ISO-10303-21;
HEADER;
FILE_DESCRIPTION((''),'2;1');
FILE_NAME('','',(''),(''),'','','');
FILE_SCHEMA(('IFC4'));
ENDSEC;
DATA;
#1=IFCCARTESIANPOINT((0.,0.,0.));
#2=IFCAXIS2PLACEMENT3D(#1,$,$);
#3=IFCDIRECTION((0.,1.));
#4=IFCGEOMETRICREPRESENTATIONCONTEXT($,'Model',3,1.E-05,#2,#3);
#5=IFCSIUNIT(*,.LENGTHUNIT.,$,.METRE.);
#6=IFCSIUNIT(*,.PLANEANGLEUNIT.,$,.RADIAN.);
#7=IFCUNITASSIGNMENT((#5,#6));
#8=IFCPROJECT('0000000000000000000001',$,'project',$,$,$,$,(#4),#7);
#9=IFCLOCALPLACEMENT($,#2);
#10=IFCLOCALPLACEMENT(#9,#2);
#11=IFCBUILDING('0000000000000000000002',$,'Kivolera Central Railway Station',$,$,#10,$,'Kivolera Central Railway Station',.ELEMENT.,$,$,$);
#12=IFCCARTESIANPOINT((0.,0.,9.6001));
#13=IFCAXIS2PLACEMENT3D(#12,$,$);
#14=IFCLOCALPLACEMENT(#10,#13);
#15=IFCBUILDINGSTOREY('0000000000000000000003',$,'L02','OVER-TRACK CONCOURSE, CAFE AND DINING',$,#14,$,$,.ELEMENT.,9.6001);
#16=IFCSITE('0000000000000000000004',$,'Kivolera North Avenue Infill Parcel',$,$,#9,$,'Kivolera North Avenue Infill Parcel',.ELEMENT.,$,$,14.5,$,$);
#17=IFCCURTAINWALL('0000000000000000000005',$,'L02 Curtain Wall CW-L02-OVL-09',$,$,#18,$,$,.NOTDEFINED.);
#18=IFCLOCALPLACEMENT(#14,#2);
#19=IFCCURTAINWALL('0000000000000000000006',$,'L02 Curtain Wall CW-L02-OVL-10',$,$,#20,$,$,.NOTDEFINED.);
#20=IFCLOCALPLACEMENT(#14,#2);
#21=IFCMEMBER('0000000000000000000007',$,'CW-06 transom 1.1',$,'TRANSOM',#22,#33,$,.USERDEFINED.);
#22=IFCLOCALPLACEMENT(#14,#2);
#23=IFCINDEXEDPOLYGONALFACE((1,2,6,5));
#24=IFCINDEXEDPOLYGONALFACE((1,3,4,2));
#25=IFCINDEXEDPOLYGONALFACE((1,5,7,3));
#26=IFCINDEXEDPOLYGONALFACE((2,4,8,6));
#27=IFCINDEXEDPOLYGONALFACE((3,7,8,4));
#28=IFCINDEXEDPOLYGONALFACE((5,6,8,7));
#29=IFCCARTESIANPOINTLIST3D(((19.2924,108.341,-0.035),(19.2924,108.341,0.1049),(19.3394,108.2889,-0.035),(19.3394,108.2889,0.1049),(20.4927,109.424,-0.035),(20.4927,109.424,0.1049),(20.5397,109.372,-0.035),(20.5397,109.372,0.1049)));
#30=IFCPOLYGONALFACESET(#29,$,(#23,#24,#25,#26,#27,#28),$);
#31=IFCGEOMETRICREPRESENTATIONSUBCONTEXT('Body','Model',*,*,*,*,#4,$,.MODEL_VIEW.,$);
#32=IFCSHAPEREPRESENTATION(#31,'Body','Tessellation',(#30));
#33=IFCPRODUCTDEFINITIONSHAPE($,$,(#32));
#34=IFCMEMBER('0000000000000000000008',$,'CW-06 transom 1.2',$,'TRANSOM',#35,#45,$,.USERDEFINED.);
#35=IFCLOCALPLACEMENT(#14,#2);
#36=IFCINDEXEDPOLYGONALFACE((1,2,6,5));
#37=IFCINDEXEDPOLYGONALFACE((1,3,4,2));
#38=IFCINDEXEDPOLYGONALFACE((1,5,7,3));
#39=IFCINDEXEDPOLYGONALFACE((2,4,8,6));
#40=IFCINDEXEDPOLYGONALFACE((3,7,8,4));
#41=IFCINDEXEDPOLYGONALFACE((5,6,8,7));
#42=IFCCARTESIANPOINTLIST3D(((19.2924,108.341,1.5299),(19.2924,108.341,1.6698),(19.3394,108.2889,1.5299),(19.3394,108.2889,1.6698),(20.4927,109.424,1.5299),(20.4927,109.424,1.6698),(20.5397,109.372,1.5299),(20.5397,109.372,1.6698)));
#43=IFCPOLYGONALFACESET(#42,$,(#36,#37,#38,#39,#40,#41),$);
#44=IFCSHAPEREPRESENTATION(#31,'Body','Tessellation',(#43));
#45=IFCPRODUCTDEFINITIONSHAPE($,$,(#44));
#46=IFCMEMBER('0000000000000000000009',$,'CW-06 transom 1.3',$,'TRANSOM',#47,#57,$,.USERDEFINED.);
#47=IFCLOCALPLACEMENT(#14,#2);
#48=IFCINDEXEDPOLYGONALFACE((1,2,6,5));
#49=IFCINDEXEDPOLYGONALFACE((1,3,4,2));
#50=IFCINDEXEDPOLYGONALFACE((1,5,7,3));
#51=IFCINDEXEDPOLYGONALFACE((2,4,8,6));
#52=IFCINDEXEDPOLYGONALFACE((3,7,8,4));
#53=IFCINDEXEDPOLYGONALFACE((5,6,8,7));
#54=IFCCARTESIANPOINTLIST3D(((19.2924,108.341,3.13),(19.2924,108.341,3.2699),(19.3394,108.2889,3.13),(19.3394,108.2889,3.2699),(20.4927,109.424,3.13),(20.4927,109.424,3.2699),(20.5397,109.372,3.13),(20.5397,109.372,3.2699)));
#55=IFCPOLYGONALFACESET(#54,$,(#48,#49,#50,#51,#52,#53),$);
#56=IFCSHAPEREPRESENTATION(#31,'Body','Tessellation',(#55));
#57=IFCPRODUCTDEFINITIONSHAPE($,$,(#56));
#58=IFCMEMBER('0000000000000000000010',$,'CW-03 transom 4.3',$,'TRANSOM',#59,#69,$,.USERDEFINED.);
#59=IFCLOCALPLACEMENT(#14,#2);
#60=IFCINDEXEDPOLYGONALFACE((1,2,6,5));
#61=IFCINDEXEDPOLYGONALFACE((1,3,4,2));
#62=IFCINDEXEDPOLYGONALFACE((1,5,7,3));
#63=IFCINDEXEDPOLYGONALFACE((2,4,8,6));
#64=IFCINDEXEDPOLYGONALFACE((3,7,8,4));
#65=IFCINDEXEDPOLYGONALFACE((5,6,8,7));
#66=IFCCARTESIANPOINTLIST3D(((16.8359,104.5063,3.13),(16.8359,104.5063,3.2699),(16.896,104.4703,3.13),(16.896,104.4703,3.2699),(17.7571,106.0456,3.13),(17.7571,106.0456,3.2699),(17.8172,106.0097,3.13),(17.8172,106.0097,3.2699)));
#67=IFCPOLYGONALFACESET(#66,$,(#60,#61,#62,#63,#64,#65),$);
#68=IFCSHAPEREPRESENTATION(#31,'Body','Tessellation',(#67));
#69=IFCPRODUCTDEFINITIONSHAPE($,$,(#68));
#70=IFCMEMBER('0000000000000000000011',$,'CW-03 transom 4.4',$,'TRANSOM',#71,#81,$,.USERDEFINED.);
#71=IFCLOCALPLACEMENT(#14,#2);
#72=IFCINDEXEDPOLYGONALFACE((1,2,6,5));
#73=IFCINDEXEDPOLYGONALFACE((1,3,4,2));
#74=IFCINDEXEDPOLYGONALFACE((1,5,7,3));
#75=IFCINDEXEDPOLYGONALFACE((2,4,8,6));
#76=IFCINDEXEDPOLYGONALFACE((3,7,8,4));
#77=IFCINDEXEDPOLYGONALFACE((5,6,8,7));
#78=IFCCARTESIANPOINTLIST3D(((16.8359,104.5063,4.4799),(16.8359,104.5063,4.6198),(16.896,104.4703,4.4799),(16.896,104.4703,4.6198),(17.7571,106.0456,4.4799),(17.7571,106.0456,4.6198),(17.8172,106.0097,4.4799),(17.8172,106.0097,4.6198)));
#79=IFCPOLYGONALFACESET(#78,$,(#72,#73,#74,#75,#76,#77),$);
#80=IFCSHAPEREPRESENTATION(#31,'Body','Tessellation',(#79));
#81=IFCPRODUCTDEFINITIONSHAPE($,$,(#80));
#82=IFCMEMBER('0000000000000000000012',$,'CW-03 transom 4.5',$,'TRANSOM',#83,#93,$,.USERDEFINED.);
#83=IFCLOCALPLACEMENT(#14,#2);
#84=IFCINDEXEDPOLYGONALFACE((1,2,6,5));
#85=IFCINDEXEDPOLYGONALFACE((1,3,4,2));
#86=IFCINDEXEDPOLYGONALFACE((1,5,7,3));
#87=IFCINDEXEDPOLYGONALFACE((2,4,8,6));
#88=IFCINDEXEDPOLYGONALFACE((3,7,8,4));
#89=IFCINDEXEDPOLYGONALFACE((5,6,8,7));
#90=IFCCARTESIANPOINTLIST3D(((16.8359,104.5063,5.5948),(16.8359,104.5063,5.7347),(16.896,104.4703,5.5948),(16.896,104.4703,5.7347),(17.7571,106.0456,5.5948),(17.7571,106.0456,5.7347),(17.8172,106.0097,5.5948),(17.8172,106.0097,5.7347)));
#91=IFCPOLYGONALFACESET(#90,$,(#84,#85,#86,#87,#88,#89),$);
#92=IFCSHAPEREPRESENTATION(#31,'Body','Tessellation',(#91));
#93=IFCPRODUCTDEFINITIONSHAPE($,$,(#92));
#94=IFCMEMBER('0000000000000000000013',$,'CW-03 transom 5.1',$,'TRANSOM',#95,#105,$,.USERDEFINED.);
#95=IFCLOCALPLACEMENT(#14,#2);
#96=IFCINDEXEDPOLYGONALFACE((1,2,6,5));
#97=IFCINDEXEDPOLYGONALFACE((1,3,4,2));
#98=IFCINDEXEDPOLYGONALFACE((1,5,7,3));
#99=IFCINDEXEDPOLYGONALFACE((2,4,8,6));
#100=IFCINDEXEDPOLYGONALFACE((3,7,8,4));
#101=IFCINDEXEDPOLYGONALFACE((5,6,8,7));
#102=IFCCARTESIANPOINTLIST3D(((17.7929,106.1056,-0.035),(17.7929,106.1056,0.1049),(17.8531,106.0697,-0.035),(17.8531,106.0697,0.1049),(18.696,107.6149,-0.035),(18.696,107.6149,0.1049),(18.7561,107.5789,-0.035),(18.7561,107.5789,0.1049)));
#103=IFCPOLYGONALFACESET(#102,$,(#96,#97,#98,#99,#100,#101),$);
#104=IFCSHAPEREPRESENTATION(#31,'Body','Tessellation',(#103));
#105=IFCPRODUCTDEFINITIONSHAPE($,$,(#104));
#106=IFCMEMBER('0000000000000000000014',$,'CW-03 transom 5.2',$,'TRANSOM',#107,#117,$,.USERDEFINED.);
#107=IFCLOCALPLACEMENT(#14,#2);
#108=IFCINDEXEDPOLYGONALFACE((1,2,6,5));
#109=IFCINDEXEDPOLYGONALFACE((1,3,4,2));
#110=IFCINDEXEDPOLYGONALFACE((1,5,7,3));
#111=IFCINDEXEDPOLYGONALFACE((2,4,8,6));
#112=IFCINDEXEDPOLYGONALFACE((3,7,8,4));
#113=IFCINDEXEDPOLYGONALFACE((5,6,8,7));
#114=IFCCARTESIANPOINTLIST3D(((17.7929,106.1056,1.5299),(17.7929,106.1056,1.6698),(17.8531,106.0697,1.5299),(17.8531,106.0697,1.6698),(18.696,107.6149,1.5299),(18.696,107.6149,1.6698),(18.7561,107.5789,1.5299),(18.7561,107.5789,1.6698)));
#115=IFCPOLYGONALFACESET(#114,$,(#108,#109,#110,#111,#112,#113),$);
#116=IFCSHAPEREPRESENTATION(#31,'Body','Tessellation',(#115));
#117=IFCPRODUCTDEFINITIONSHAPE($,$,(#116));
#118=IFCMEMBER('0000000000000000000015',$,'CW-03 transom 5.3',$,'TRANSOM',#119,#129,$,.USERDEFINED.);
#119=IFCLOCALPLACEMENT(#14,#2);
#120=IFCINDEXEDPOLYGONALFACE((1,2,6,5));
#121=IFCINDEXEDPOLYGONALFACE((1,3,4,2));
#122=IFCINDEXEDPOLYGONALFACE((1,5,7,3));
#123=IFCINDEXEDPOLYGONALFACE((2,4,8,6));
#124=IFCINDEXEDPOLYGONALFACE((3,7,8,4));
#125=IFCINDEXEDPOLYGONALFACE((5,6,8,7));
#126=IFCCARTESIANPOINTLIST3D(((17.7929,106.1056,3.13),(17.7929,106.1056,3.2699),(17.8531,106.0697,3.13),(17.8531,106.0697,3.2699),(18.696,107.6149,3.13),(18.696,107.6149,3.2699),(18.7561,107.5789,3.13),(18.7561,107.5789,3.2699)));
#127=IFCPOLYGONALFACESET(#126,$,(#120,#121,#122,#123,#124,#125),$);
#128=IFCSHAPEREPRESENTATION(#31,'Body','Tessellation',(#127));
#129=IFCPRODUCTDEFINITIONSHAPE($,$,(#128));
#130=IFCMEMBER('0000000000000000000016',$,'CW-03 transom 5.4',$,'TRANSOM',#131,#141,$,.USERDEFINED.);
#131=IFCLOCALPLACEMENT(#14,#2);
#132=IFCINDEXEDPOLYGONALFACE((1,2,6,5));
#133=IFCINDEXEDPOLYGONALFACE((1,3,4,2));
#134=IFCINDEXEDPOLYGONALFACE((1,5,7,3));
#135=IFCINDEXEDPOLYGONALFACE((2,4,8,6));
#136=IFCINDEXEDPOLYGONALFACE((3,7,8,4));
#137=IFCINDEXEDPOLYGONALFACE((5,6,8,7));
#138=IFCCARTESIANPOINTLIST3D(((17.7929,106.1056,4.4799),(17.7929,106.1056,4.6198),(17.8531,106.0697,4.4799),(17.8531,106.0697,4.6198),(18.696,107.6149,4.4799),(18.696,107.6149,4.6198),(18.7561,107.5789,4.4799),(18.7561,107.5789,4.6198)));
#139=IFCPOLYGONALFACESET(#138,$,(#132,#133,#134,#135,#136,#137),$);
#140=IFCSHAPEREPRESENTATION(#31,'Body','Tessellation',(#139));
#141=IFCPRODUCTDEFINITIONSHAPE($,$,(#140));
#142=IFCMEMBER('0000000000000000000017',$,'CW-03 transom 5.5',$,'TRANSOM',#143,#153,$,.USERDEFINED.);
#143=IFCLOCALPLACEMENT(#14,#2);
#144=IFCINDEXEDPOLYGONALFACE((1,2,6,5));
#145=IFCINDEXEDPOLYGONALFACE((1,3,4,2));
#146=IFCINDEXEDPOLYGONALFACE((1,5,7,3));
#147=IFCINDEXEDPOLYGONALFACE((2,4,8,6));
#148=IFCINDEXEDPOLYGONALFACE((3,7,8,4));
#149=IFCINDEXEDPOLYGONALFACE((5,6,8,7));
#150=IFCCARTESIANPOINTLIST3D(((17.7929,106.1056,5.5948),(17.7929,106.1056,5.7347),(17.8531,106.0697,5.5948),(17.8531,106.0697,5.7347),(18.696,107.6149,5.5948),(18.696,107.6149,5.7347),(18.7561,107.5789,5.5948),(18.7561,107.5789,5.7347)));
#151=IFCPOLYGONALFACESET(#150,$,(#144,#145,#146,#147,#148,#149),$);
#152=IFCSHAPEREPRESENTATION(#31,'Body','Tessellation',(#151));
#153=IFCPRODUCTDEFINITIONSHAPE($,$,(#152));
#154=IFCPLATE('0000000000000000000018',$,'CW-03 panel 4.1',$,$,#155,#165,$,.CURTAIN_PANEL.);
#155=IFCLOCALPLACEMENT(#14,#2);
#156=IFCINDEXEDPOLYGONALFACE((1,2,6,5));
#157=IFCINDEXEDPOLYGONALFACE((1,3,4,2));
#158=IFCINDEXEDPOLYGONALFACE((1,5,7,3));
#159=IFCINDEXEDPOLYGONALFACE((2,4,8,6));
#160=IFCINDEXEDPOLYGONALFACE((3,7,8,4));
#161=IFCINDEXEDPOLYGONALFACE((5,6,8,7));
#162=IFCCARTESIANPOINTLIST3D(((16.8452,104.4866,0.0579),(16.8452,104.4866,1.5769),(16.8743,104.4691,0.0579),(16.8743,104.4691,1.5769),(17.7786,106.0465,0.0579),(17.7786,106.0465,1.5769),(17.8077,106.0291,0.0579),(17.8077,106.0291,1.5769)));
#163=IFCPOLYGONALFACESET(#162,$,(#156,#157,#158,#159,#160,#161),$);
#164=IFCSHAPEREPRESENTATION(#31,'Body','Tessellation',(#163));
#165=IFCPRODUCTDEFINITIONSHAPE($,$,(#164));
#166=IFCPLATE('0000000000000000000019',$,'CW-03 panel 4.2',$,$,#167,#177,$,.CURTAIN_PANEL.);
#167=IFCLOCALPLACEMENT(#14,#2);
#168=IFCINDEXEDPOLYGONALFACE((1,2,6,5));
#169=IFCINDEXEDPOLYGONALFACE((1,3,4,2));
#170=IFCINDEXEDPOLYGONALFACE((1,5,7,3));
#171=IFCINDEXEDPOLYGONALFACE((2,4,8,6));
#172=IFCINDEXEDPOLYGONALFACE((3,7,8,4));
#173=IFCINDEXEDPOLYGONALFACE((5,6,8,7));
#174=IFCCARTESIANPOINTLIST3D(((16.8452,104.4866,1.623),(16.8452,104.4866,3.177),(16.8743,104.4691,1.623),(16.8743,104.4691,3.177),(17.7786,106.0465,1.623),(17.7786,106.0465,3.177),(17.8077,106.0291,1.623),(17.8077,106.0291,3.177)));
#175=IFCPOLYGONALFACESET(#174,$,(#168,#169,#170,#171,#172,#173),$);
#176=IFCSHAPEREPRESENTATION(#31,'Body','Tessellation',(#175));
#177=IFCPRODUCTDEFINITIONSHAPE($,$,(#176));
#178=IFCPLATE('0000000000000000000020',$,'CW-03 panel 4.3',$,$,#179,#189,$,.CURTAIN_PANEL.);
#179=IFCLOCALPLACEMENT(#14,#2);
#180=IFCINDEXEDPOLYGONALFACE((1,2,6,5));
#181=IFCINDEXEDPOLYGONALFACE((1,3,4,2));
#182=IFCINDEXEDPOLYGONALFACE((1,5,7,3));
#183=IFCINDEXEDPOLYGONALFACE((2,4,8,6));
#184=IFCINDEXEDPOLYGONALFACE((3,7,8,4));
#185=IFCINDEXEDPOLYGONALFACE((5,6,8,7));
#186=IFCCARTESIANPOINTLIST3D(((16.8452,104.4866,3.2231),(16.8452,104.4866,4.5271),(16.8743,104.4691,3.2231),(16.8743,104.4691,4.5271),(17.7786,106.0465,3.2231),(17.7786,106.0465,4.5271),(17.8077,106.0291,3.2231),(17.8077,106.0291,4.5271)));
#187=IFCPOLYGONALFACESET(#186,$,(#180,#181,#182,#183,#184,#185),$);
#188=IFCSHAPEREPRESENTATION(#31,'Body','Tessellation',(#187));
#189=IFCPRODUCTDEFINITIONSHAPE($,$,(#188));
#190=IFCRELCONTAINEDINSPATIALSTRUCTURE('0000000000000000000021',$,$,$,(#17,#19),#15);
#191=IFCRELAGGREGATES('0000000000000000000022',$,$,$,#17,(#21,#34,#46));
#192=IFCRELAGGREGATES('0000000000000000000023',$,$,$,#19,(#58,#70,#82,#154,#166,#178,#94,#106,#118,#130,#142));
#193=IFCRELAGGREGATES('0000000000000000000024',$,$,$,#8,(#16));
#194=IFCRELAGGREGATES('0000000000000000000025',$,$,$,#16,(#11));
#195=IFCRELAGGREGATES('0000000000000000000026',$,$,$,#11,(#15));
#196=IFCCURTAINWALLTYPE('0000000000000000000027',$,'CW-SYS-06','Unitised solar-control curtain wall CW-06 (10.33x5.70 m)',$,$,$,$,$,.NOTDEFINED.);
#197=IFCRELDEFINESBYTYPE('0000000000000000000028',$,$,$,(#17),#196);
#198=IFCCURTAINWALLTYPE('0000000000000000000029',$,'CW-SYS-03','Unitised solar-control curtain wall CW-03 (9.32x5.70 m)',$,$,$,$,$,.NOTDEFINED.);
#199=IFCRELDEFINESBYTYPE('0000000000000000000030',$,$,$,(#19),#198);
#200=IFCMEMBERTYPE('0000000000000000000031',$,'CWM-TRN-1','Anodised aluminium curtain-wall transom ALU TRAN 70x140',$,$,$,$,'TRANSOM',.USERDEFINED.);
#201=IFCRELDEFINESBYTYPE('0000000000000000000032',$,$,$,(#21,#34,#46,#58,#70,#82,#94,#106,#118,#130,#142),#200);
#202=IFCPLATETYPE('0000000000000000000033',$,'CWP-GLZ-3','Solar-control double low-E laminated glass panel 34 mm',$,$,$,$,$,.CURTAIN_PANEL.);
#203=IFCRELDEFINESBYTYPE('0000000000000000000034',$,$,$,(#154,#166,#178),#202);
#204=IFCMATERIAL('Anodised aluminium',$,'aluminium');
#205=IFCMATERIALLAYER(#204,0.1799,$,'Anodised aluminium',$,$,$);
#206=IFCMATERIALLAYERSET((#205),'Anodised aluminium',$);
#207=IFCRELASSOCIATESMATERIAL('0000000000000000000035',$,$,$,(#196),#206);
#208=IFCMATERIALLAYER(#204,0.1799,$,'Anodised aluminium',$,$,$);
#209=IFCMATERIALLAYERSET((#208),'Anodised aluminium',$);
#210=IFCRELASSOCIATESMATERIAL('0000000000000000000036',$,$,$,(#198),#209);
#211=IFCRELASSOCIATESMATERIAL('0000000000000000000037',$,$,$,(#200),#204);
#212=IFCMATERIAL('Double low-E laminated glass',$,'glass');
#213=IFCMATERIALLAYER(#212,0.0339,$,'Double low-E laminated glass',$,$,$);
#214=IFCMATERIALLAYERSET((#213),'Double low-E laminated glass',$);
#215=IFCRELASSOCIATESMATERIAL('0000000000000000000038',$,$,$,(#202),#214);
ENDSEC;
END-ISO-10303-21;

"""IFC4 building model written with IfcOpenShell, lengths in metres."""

from ifc_helpers import new_model, si_unit, direction, frame, origin, origin_2d, place, context, subcontext, project, spatial, rectangle, extrude, material, layer, layer_set, material_profile, profile_set, type_object, element, aggregate, save


model = new_model("IFC4")

# Units and contexts
model_context = context("Model", 3, precision=1e-05, world=origin(), true_north=direction((0.0, 1.0)))
body_context = subcontext(model_context, "Body", "Model", "MODEL_VIEW")
ifc_project = project(units=[si_unit("LENGTHUNIT", "METRE"), si_unit("PLANEANGLEUNIT", "RADIAN")], contexts=[model_context])

# Site, building, storey
site_placement = place(None, origin())
site = spatial("IfcSite", under=ifc_project, at=site_placement, Name="Kivolera North Avenue Infill Parcel", LongName="Kivolera North Avenue Infill Parcel", CompositionType="ELEMENT", RefElevation=14.5)
building_placement = place(site_placement, origin())
building = spatial("IfcBuilding", under=site, at=building_placement, Name="Kivolera Central Railway Station", LongName="Kivolera Central Railway Station", CompositionType="ELEMENT")
storey_placement = place(building_placement, frame((0.0, 0.0, 9.6001)))
storey = spatial("IfcBuildingStorey", under=building, at=storey_placement, Name="L02", Description="OVER-TRACK CONCOURSE, CAFE AND DINING", CompositionType="ELEMENT", Elevation=9.6001)

# Curtain wall
ifc_material_1 = material(Name="Anodised aluminium", Category="aluminium")
ifc_layer_1 = layer(ifc_material_1, 0.1799, Name="Anodised aluminium")
ifc_layer_set_1 = layer_set([ifc_layer_1], Name="Anodised aluminium")
curtain_wall_type_1 = type_object("IfcCurtainWallType", Name="CW-SYS-06", Description="Unitised solar-control curtain wall CW-06 (10.33x5.70 m)", PredefinedType="NOTDEFINED", material=ifc_layer_set_1)
curtain_wall_1_placement = place(storey_placement, origin())
curtain_wall_1 = element("IfcCurtainWall", 1, at=curtain_wall_1_placement, inside=storey, type_object=curtain_wall_type_1, Name="L02 Curtain Wall CW-L02-OVL-09", PredefinedType="NOTDEFINED")

# Curtain wall
ifc_layer_2 = layer(ifc_material_1, 0.1799, Name="Anodised aluminium")
ifc_layer_set_2 = layer_set([ifc_layer_2], Name="Anodised aluminium")
curtain_wall_type_2 = type_object("IfcCurtainWallType", Name="CW-SYS-03", Description="Unitised solar-control curtain wall CW-03 (9.32x5.70 m)", PredefinedType="NOTDEFINED", material=ifc_layer_set_2)
curtain_wall_2_placement = place(storey_placement, origin())
curtain_wall_2 = element("IfcCurtainWall", 2, at=curtain_wall_2_placement, inside=storey, type_object=curtain_wall_type_2, Name="L02 Curtain Wall CW-L02-OVL-10", PredefinedType="NOTDEFINED")

# Members
ifc_material_profile_1 = material_profile(ifc_material_1, rectangle(XDim=0.0701, YDim=0.1399, at=origin_2d()), Name="ALU TRAN 70x140")
ifc_profile_set_1 = profile_set([ifc_material_profile_1], Name="Anodised aluminium")
member_type_1 = type_object("IfcMemberType", Name="CWM-TRN-1", Description="Anodised aluminium curtain-wall transom ALU TRAN 70x140", ElementType="TRANSOM", PredefinedType="USERDEFINED", material=ifc_profile_set_1)
member_1_placement = place(storey_placement, frame((19.3159, 108.3149, 0.0349), z_axis=(0.742422, 0.669932, 0.0), x_axis=(-0.669932, 0.742422, 0.0)))
member_1 = element("IfcMember", 3, at=member_1_placement, type_object=member_type_1, Name="CW-06 transom 1.1", ObjectType="TRANSOM", PredefinedType="USERDEFINED", context=body_context, shape_type="SweptSolid", body=[
    extrude(rectangle(XDim=0.0701, YDim=0.1399, at=origin_2d()), origin(), (0.0, 0.0, 1.0), 1.6167),
])
member_2_placement = place(storey_placement, frame((19.3159, 108.3149, 1.5999), z_axis=(0.742422, 0.669932, 0.0), x_axis=(-0.669932, 0.742422, 0.0)))
member_2 = element("IfcMember", 4, at=member_2_placement, type_object=member_type_1, Name="CW-06 transom 1.2", ObjectType="TRANSOM", PredefinedType="USERDEFINED", context=body_context, shape_type="SweptSolid", body=[
    extrude(rectangle(XDim=0.0701, YDim=0.1399, at=origin_2d()), origin(), (0.0, 0.0, 1.0), 1.6167),
])
member_3_placement = place(storey_placement, frame((19.3159, 108.3149, 3.2), z_axis=(0.742422, 0.669932, 0.0), x_axis=(-0.669932, 0.742422, 0.0)))
member_3 = element("IfcMember", 5, at=member_3_placement, type_object=member_type_1, Name="CW-06 transom 1.3", ObjectType="TRANSOM", PredefinedType="USERDEFINED", context=body_context, shape_type="SweptSolid", body=[
    extrude(rectangle(XDim=0.0701, YDim=0.1399, at=origin_2d()), origin(), (0.0, 0.0, 1.0), 1.6167),
])
aggregate(curtain_wall_1, [member_1, member_2, member_3])
member_4_placement = place(storey_placement, frame((16.866, 104.4883, 3.2), z_axis=(0.513495, 0.858093, 0.0), x_axis=(-0.858093, 0.513495, 0.0)))
member_4 = element("IfcMember", 6, at=member_4_placement, type_object=member_type_1, Name="CW-03 transom 4.3", ObjectType="TRANSOM", PredefinedType="USERDEFINED", context=body_context, shape_type="SweptSolid", body=[
    extrude(rectangle(XDim=0.0701, YDim=0.1399, at=origin_2d()), origin(), (0.0, 0.0, 1.0), 1.7939),
])
member_5_placement = place(storey_placement, frame((16.866, 104.4883, 4.5498), z_axis=(0.513495, 0.858093, 0.0), x_axis=(-0.858093, 0.513495, 0.0)))
member_5 = element("IfcMember", 7, at=member_5_placement, type_object=member_type_1, Name="CW-03 transom 4.4", ObjectType="TRANSOM", PredefinedType="USERDEFINED", context=body_context, shape_type="SweptSolid", body=[
    extrude(rectangle(XDim=0.0701, YDim=0.1399, at=origin_2d()), origin(), (0.0, 0.0, 1.0), 1.7939),
])
member_6_placement = place(storey_placement, frame((16.866, 104.4883, 5.6648), z_axis=(0.513495, 0.858093, 0.0), x_axis=(-0.858093, 0.513495, 0.0)))
member_6 = element("IfcMember", 8, at=member_6_placement, type_object=member_type_1, Name="CW-03 transom 4.5", ObjectType="TRANSOM", PredefinedType="USERDEFINED", context=body_context, shape_type="SweptSolid", body=[
    extrude(rectangle(XDim=0.0701, YDim=0.1399, at=origin_2d()), origin(), (0.0, 0.0, 1.0), 1.7939),
])
member_7_placement = place(storey_placement, frame((17.823, 106.0876, 0.0349), z_axis=(0.513454, 0.858117, 0.0), x_axis=(-0.858117, 0.513454, 0.0)))
member_7 = element("IfcMember", 9, at=member_7_placement, type_object=member_type_1, Name="CW-03 transom 5.1", ObjectType="TRANSOM", PredefinedType="USERDEFINED", context=body_context, shape_type="SweptSolid", body=[
    extrude(rectangle(XDim=0.0701, YDim=0.1399, at=origin_2d()), origin(), (0.0, 0.0, 1.0), 1.7588),
])
member_8_placement = place(storey_placement, frame((17.823, 106.0876, 1.5999), z_axis=(0.513454, 0.858117, 0.0), x_axis=(-0.858117, 0.513454, 0.0)))
member_8 = element("IfcMember", 10, at=member_8_placement, type_object=member_type_1, Name="CW-03 transom 5.2", ObjectType="TRANSOM", PredefinedType="USERDEFINED", context=body_context, shape_type="SweptSolid", body=[
    extrude(rectangle(XDim=0.0701, YDim=0.1399, at=origin_2d()), origin(), (0.0, 0.0, 1.0), 1.7588),
])
member_9_placement = place(storey_placement, frame((17.823, 106.0876, 3.2), z_axis=(0.513454, 0.858117, 0.0), x_axis=(-0.858117, 0.513454, 0.0)))
member_9 = element("IfcMember", 11, at=member_9_placement, type_object=member_type_1, Name="CW-03 transom 5.3", ObjectType="TRANSOM", PredefinedType="USERDEFINED", context=body_context, shape_type="SweptSolid", body=[
    extrude(rectangle(XDim=0.0701, YDim=0.1399, at=origin_2d()), origin(), (0.0, 0.0, 1.0), 1.7588),
])
member_10_placement = place(storey_placement, frame((17.823, 106.0876, 4.5498), z_axis=(0.513454, 0.858117, 0.0), x_axis=(-0.858117, 0.513454, 0.0)))
member_10 = element("IfcMember", 12, at=member_10_placement, type_object=member_type_1, Name="CW-03 transom 5.4", ObjectType="TRANSOM", PredefinedType="USERDEFINED", context=body_context, shape_type="SweptSolid", body=[
    extrude(rectangle(XDim=0.0701, YDim=0.1399, at=origin_2d()), origin(), (0.0, 0.0, 1.0), 1.7588),
])
member_11_placement = place(storey_placement, frame((17.823, 106.0876, 5.6648), z_axis=(0.513454, 0.858117, 0.0), x_axis=(-0.858117, 0.513454, 0.0)))
member_11 = element("IfcMember", 13, at=member_11_placement, type_object=member_type_1, Name="CW-03 transom 5.5", ObjectType="TRANSOM", PredefinedType="USERDEFINED", context=body_context, shape_type="SweptSolid", body=[
    extrude(rectangle(XDim=0.0701, YDim=0.1399, at=origin_2d()), origin(), (0.0, 0.0, 1.0), 1.7588),
])

# Plates
ifc_material_2 = material(Name="Double low-E laminated glass", Category="glass")
ifc_layer_3 = layer(ifc_material_2, 0.0339, Name="Double low-E laminated glass")
ifc_layer_set_3 = layer_set([ifc_layer_3], Name="Double low-E laminated glass")
plate_type = type_object("IfcPlateType", Name="CWP-GLZ-3", Description="Solar-control double low-E laminated glass panel 34 mm", PredefinedType="CURTAIN_PANEL", material=ifc_layer_set_3)
plate_1_placement = place(storey_placement, frame((17.3264, 105.2578, 0.0579), z_axis=(0.0, 0.0, 1.0), x_axis=(0.513454, 0.858117, 0.0)))
plate_1 = element("IfcPlate", 14, at=plate_1_placement, type_object=plate_type, Name="CW-03 panel 4.1", PredefinedType="CURTAIN_PANEL", context=body_context, shape_type="SweptSolid", body=[
    extrude(rectangle(XDim=1.8179, YDim=0.0339, at=origin_2d()), origin(), (0.0, 0.0, 1.0), 1.519),
])
plate_2_placement = place(storey_placement, frame((17.3264, 105.2578, 1.623), z_axis=(0.0, 0.0, 1.0), x_axis=(0.513454, 0.858117, 0.0)))
plate_2 = element("IfcPlate", 15, at=plate_2_placement, type_object=plate_type, Name="CW-03 panel 4.2", PredefinedType="CURTAIN_PANEL", context=body_context, shape_type="SweptSolid", body=[
    extrude(rectangle(XDim=1.8179, YDim=0.0339, at=origin_2d()), origin(), (0.0, 0.0, 1.0), 1.554),
])
plate_3_placement = place(storey_placement, frame((17.3264, 105.2578, 3.2231), z_axis=(0.0, 0.0, 1.0), x_axis=(0.513454, 0.858117, 0.0)))
plate_3 = element("IfcPlate", 16, at=plate_3_placement, type_object=plate_type, Name="CW-03 panel 4.3", PredefinedType="CURTAIN_PANEL", context=body_context, shape_type="SweptSolid", body=[
    extrude(rectangle(XDim=1.8179, YDim=0.0339, at=origin_2d()), origin(), (0.0, 0.0, 1.0), 1.304),
])
aggregate(curtain_wall_2, [member_4, member_5, member_6, plate_1, plate_2, plate_3, member_7, member_8, member_9, member_10, member_11])

save(model, "model.ifc")
